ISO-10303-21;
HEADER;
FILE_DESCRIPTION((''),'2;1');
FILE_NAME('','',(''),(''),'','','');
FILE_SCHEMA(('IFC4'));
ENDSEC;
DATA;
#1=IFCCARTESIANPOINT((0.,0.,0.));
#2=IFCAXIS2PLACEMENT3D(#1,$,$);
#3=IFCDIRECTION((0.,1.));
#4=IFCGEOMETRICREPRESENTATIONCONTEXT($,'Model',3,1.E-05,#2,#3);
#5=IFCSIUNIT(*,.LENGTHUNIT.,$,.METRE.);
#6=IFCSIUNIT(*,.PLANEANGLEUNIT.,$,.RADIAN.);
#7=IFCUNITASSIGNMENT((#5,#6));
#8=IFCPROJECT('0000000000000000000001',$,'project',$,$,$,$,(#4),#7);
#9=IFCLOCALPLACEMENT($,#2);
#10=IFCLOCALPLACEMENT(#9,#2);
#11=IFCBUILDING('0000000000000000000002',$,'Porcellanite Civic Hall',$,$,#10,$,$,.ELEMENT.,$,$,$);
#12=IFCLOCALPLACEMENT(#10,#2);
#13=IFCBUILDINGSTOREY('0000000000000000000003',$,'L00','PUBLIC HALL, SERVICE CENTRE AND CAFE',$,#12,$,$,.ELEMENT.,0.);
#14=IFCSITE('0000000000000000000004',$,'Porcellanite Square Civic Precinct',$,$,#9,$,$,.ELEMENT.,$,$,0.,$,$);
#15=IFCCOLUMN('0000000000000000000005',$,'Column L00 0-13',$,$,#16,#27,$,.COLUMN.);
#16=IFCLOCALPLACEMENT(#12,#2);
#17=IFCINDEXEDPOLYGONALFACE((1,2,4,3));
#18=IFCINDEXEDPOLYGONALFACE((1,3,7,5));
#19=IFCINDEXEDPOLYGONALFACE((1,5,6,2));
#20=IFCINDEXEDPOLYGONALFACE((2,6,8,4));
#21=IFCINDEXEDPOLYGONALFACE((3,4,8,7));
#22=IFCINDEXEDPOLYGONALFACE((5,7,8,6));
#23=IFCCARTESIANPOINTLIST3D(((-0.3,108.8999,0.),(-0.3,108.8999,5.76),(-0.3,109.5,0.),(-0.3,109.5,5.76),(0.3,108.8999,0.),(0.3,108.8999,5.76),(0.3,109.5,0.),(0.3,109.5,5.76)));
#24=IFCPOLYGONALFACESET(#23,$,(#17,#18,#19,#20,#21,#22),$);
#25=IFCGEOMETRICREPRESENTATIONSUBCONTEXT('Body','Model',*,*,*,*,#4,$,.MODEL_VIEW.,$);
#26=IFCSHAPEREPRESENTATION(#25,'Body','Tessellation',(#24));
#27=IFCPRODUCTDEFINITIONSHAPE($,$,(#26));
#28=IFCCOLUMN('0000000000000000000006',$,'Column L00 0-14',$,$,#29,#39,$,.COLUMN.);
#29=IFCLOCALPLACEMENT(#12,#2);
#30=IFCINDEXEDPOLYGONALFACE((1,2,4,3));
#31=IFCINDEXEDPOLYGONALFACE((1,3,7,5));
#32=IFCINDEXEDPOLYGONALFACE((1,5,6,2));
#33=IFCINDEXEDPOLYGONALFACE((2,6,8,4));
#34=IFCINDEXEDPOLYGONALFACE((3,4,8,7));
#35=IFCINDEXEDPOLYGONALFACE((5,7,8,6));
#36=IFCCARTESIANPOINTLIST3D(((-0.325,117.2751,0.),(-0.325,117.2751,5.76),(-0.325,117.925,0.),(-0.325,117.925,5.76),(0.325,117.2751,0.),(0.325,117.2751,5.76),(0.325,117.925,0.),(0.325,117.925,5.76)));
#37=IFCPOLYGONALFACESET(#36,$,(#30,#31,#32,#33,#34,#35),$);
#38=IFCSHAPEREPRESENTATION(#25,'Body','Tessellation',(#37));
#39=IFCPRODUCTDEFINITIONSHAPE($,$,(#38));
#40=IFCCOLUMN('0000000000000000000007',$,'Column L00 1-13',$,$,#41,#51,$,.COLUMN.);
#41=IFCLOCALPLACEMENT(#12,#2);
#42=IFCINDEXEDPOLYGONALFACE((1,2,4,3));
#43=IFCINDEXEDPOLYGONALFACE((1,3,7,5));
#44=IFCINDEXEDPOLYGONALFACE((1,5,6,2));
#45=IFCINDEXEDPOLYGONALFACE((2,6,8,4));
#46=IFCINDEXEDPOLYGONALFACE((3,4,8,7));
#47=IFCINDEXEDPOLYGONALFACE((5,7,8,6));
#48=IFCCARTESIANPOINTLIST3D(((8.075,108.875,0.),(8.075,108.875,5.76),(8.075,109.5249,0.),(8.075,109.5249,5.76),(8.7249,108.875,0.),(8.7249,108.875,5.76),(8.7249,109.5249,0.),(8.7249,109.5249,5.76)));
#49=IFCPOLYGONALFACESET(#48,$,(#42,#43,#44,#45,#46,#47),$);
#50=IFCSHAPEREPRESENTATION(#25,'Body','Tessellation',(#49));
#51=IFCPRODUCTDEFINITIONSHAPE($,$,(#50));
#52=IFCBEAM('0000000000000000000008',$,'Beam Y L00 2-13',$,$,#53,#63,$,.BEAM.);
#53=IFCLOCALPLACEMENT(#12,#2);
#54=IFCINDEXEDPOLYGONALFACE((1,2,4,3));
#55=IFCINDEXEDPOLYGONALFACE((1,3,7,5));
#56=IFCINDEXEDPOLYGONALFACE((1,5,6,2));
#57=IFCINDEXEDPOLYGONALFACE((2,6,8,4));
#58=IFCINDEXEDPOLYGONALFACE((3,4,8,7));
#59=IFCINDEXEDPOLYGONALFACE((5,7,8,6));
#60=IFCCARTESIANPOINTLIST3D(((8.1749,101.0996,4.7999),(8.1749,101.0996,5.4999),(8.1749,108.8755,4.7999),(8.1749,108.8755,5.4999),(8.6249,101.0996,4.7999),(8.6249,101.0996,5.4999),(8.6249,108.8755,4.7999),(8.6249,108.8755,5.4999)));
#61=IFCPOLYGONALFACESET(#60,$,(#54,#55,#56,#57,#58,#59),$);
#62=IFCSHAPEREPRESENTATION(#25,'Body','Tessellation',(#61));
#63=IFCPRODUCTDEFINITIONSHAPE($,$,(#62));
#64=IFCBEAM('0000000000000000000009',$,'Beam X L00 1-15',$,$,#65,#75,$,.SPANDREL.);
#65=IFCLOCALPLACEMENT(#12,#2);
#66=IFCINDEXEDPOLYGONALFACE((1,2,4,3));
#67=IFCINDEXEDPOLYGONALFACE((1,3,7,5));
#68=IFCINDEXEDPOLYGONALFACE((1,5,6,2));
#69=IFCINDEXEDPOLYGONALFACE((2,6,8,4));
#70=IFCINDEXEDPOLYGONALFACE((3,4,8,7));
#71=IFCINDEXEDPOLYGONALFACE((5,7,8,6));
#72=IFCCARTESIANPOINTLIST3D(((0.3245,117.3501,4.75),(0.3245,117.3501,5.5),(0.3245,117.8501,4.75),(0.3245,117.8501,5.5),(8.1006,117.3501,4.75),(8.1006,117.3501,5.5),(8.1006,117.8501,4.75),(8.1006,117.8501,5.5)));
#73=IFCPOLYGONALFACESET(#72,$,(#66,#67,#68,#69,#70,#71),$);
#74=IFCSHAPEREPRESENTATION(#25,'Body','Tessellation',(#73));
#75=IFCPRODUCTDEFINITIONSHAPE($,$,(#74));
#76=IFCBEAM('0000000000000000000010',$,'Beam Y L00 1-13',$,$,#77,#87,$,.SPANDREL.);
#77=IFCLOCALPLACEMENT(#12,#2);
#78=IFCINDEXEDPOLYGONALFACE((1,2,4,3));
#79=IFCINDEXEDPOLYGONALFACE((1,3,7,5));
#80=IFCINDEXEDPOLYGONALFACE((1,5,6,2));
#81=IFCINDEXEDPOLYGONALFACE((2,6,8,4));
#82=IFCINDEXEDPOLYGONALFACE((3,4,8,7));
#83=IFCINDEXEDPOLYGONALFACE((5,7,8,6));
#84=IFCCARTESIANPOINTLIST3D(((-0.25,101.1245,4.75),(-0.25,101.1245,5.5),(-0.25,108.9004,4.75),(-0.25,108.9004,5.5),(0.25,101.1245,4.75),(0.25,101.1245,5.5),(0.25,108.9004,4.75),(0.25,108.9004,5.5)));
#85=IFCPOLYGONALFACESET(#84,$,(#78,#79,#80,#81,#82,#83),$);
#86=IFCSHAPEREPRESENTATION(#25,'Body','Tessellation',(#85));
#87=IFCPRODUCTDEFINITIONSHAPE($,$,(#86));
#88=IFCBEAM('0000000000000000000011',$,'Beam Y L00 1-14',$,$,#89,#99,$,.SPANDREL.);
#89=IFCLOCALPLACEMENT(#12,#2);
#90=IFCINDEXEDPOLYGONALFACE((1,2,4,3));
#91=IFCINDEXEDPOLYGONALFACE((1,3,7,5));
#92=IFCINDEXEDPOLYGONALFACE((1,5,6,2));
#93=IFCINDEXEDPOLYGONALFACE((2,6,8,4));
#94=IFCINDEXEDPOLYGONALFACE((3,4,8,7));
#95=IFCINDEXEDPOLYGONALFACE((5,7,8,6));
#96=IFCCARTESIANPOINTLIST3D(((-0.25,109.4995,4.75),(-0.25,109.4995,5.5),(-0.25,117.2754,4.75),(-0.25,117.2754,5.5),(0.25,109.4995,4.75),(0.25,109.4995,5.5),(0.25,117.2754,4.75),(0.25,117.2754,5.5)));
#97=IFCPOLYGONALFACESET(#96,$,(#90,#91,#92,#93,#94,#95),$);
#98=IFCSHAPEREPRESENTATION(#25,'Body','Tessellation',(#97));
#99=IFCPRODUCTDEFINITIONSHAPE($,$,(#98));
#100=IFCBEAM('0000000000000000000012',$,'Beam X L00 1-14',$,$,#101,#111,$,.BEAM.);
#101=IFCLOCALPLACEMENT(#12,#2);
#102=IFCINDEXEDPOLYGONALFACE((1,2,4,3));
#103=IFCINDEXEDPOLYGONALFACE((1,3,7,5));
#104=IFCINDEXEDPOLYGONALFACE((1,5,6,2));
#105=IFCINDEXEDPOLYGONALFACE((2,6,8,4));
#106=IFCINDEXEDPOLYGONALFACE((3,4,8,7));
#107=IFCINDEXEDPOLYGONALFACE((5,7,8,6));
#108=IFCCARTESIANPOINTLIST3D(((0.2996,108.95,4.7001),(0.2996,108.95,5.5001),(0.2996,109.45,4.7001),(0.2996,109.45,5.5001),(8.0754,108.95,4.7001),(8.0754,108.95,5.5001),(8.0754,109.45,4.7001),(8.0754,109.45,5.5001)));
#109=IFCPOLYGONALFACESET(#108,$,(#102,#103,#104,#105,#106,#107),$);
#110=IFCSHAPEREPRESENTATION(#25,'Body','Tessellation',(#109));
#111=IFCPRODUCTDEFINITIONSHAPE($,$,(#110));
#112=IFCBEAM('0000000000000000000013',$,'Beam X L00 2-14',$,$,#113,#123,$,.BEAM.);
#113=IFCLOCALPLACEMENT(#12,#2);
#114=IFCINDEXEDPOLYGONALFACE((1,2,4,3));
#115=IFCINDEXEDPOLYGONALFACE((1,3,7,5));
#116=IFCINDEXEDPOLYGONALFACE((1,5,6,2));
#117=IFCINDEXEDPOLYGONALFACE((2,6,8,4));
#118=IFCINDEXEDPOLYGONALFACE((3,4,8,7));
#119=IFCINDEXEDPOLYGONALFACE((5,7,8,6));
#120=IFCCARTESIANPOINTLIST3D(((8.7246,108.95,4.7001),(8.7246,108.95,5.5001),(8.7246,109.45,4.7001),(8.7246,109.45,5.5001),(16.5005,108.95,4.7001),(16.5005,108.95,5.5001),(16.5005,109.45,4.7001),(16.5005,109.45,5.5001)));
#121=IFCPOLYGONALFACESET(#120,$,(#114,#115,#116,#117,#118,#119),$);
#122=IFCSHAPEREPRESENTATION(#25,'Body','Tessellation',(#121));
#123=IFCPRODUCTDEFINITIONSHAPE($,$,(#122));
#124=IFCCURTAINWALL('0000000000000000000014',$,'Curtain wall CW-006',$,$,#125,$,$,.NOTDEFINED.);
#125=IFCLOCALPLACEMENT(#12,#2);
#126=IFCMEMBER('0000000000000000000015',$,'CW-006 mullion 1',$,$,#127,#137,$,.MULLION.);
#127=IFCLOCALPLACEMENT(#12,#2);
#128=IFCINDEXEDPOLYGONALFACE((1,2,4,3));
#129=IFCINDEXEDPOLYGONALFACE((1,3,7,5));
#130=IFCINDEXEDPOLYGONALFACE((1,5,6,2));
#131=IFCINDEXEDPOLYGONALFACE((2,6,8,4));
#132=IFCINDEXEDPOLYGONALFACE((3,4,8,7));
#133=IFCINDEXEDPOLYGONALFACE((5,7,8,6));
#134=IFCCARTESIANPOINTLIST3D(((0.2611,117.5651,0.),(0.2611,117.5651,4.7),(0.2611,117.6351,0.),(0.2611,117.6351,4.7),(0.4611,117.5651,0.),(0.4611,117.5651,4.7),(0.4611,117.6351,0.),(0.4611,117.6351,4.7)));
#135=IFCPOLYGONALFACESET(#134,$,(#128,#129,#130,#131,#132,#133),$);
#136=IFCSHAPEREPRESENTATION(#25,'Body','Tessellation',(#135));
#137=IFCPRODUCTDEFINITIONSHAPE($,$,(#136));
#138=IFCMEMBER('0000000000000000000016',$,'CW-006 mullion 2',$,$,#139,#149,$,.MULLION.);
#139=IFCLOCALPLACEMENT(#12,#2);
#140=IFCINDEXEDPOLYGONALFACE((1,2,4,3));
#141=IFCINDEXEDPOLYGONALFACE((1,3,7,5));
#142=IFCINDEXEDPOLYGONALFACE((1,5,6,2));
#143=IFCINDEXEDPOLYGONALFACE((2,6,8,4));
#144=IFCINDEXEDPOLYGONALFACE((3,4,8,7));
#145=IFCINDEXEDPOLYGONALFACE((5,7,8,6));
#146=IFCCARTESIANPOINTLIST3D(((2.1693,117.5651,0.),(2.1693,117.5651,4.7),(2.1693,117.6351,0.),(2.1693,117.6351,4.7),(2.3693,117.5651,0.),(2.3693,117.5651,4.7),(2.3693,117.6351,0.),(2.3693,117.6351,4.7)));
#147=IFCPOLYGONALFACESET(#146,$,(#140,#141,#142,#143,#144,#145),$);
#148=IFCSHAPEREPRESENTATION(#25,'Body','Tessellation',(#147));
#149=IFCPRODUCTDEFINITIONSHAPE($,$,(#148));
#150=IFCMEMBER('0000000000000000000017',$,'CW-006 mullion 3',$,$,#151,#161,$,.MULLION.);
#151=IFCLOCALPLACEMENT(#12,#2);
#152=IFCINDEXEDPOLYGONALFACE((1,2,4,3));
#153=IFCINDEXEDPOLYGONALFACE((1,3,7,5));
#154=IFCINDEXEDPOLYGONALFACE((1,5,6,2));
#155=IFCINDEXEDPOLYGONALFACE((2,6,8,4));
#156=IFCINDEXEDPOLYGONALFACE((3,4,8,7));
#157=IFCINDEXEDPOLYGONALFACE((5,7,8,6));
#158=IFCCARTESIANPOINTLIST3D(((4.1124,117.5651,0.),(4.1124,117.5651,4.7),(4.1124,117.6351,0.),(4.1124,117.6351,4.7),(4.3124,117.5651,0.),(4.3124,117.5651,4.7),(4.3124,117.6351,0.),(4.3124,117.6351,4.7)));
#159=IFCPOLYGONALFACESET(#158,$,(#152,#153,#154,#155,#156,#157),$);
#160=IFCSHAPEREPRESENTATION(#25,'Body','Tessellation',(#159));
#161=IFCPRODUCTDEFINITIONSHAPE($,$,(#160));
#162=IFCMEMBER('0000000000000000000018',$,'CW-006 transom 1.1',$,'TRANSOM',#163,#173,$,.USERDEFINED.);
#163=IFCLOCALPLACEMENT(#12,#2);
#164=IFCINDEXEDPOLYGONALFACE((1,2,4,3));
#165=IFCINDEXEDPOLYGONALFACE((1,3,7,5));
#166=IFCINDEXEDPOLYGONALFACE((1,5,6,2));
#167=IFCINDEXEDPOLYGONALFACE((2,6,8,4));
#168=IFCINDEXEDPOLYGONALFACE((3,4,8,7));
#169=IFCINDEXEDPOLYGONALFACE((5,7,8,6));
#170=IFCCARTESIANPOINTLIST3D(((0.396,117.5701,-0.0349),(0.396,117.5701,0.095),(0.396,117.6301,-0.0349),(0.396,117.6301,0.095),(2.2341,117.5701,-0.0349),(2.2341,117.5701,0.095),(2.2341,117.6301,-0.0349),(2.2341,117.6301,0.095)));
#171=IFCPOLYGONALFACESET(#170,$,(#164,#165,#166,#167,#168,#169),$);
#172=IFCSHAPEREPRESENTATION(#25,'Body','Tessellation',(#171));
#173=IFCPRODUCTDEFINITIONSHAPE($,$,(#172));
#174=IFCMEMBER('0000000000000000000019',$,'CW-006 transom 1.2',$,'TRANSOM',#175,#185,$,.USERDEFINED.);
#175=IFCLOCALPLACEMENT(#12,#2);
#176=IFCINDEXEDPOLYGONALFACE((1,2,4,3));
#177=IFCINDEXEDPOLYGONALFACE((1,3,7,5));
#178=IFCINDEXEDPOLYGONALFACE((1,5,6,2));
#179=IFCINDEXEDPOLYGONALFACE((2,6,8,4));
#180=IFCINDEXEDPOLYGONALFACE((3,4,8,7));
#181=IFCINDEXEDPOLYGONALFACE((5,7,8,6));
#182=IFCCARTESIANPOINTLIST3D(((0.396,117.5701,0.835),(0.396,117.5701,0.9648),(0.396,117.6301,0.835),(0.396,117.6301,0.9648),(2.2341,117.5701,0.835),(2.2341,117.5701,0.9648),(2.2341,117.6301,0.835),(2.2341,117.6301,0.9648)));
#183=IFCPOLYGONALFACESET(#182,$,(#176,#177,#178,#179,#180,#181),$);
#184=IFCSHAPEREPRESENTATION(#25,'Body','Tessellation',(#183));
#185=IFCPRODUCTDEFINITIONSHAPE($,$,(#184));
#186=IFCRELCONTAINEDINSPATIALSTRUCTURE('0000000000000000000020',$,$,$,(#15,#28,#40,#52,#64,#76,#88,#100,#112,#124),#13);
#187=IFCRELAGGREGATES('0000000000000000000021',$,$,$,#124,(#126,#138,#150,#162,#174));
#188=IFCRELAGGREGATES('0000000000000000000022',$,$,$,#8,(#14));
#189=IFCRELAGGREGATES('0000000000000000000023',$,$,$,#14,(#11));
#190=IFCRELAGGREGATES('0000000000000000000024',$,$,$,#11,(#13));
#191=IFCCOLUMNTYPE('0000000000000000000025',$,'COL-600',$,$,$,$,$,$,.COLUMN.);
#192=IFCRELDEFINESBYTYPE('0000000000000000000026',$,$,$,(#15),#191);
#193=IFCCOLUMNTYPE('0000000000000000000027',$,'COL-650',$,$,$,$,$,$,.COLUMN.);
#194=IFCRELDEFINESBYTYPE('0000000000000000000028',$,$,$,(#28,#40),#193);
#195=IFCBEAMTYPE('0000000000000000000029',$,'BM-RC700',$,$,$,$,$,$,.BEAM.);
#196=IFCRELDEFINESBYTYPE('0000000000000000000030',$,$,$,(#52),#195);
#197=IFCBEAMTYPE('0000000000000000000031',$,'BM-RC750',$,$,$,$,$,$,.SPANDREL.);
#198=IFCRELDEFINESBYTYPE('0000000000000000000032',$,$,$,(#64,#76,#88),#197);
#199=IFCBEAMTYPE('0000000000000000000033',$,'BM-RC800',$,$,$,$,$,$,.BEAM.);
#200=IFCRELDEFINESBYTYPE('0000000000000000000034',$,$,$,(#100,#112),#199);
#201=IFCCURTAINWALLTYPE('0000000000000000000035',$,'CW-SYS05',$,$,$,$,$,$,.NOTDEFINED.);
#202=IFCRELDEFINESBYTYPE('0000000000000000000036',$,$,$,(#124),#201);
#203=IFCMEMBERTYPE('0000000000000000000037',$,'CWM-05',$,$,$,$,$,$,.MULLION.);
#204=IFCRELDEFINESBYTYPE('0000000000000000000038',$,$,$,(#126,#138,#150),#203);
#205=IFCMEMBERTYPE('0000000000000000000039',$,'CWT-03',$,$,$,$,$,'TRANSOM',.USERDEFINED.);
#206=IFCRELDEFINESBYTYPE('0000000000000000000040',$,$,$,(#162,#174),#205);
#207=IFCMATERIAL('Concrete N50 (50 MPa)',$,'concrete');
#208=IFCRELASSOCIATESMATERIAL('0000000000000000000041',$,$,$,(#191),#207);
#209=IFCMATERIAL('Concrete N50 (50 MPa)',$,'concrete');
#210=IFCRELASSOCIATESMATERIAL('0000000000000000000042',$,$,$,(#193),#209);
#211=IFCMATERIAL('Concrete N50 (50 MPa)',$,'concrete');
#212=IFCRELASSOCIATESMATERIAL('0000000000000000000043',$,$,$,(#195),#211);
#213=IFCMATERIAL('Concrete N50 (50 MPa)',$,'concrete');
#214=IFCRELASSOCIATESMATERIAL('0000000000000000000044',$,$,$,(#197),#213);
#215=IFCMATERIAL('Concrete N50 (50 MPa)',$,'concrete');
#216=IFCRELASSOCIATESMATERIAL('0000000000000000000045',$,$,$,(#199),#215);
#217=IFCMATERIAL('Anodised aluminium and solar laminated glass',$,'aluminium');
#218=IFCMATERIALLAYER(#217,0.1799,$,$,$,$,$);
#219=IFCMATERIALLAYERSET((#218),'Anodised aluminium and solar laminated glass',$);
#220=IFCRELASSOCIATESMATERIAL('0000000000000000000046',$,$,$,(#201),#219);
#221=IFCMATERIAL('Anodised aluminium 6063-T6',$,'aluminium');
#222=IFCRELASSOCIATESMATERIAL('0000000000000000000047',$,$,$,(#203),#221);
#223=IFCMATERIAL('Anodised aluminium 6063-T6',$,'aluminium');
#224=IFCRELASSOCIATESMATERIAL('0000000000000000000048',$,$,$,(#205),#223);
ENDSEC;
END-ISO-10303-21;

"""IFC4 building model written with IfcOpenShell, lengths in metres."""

from ifc_helpers import new_model, si_unit, direction, frame, origin, origin_2d, place, context, subcontext, project, spatial, rectangle, extrude, material, layer, layer_set, material_profile, profile_set, type_object, element, aggregate, save


model = new_model("IFC4")

# Units and contexts
model_context = context("Model", 3, precision=1e-05, world=origin(), true_north=direction((0.0, 1.0)))
body_context = subcontext(model_context, "Body", "Model", "MODEL_VIEW")
ifc_project = project(units=[si_unit("LENGTHUNIT", "METRE"), si_unit("PLANEANGLEUNIT", "RADIAN")], contexts=[model_context])

# Site, building, storey
site_placement = place(None, origin())
site = spatial("IfcSite", under=ifc_project, at=site_placement, Name="Porcellanite Square Civic Precinct", CompositionType="ELEMENT", RefElevation=0.0)
building_placement = place(site_placement, origin())
building = spatial("IfcBuilding", under=site, at=building_placement, Name="Porcellanite Civic Hall", CompositionType="ELEMENT")
storey_placement = place(building_placement, origin())
storey = spatial("IfcBuildingStorey", under=building, at=storey_placement, Name="L00", Description="PUBLIC HALL, SERVICE CENTRE AND CAFE", CompositionType="ELEMENT", Elevation=0.0)

# Columns
ifc_material_1 = material(Name="Concrete N50 (50 MPa)", Category="concrete")
ifc_material_profile_1 = material_profile(ifc_material_1, rectangle(XDim=0.6001, YDim=0.6001, at=origin_2d()), Name="RC-600x600")
ifc_profile_set_1 = profile_set([ifc_material_profile_1], Name="Concrete N50 (50 MPa)")
column_type_1 = type_object("IfcColumnType", Name="COL-600", PredefinedType="COLUMN", material=ifc_profile_set_1)
column_placement = place(storey_placement, frame((0.0, 109.2, 0.0), z_axis=(0.0, 0.0, 1.0), x_axis=(1.0, 0.0, 0.0)))
element("IfcColumn", 1, at=column_placement, inside=storey, type_object=column_type_1, Name="Column L00 0-13", PredefinedType="COLUMN", context=body_context, shape_type="SweptSolid", body=[
    extrude(rectangle(XDim=0.6001, YDim=0.6001, at=origin_2d()), origin(), (0.0, 0.0, 1.0), 5.76),
])
ifc_material_2 = material(Name="Concrete N50 (50 MPa)", Category="concrete")
ifc_material_profile_2 = material_profile(ifc_material_2, rectangle(XDim=0.6499, YDim=0.6499, at=origin_2d()), Name="RC-650x650")
ifc_profile_set_2 = profile_set([ifc_material_profile_2], Name="Concrete N50 (50 MPa)")
column_type_2 = type_object("IfcColumnType", Name="COL-650", PredefinedType="COLUMN", material=ifc_profile_set_2)
for number, where, z_axis, x_axis, name in (
    (2, (0.0, 117.6001, 0.0), (0.0, 0.0, 1.0), (1.0, 0.0, 0.0), "Column L00 0-14"),
    (3, (8.3999, 109.2, 0.0), (0.0, 0.0, 1.0), (1.0, 0.0, 0.0), "Column L00 1-13"),
):
    element("IfcColumn", number, at=place(storey_placement, frame(where, z_axis=z_axis, x_axis=x_axis)), inside=storey, type_object=column_type_2, Name=name, PredefinedType="COLUMN", context=body_context, shape_type="SweptSolid", body=[
        extrude(rectangle(XDim=0.6499, YDim=0.6499, at=origin_2d()), origin(), (0.0, 0.0, 1.0), 5.76),
    ])

# Beams
ifc_material_3 = material(Name="Concrete N50 (50 MPa)", Category="concrete")
ifc_material_profile_3 = material_profile(ifc_material_3, rectangle(XDim=0.45, YDim=0.7, at=origin_2d()), Name="RC-450x700")
ifc_profile_set_3 = profile_set([ifc_material_profile_3], Name="Concrete N50 (50 MPa)")
beam_type_1 = type_object("IfcBeamType", Name="BM-RC700", PredefinedType="BEAM", material=ifc_profile_set_3)
beam_1_placement = place(storey_placement, frame((8.3999, 101.0996, 5.1499), z_axis=(0.0, 1.0, 0.0), x_axis=(-1.0, 0.0, 0.0)))
element("IfcBeam", 4, at=beam_1_placement, inside=storey, type_object=beam_type_1, Name="Beam Y L00 2-13", PredefinedType="BEAM", context=body_context, shape_type="SweptSolid", body=[
    extrude(rectangle(XDim=0.45, YDim=0.7, at=origin_2d()), origin(), (0.0, 0.0, 1.0), 7.7759),
])
ifc_material_4 = material(Name="Concrete N50 (50 MPa)", Category="concrete")
ifc_material_profile_4 = material_profile(ifc_material_4, rectangle(XDim=0.5, YDim=0.75, at=origin_2d()), Name="RC-500x750")
ifc_profile_set_4 = profile_set([ifc_material_profile_4], Name="Concrete N50 (50 MPa)")
beam_type_2 = type_object("IfcBeamType", Name="BM-RC750", PredefinedType="SPANDREL", material=ifc_profile_set_4)
beam_2_placement = place(storey_placement, frame((0.3245, 117.6001, 5.125), z_axis=(1.0, 0.0, 0.0), x_axis=(0.0, 1.0, 0.0)))
element("IfcBeam", 5, at=beam_2_placement, inside=storey, type_object=beam_type_2, Name="Beam X L00 1-15", PredefinedType="SPANDREL", context=body_context, shape_type="SweptSolid", body=[
    extrude(rectangle(XDim=0.5, YDim=0.75, at=origin_2d()), origin(), (0.0, 0.0, 1.0), 7.7761),
])
for number, where, z_axis, x_axis, name in (
    (6, (0.0, 101.1245, 5.125), (0.0, 1.0, 0.0), (-1.0, 0.0, 0.0), "Beam Y L00 1-13"),
    (7, (0.0, 109.4995, 5.125), (0.0, 1.0, 0.0), (-1.0, 0.0, 0.0), "Beam Y L00 1-14"),
):
    element("IfcBeam", number, at=place(storey_placement, frame(where, z_axis=z_axis, x_axis=x_axis)), inside=storey, type_object=beam_type_2, Name=name, PredefinedType="SPANDREL", context=body_context, shape_type="SweptSolid", body=[
        extrude(rectangle(XDim=0.5, YDim=0.75, at=origin_2d()), origin(), (0.0, 0.0, 1.0), 7.7759),
    ])
ifc_material_5 = material(Name="Concrete N50 (50 MPa)", Category="concrete")
ifc_material_profile_5 = material_profile(ifc_material_5, rectangle(XDim=0.5, YDim=0.8, at=origin_2d()), Name="RC-500x800")
ifc_profile_set_5 = profile_set([ifc_material_profile_5], Name="Concrete N50 (50 MPa)")
beam_type_3 = type_object("IfcBeamType", Name="BM-RC800", PredefinedType="BEAM", material=ifc_profile_set_5)
for number, where, z_axis, x_axis, name in (
    (8, (0.2996, 109.2, 5.1001), (1.0, 0.0, 0.0), (0.0, 1.0, 0.0), "Beam X L00 1-14"),
    (9, (8.7246, 109.2, 5.1001), (1.0, 0.0, 0.0), (0.0, 1.0, 0.0), "Beam X L00 2-14"),
):
    element("IfcBeam", number, at=place(storey_placement, frame(where, z_axis=z_axis, x_axis=x_axis)), inside=storey, type_object=beam_type_3, Name=name, PredefinedType="BEAM", context=body_context, shape_type="SweptSolid", body=[
        extrude(rectangle(XDim=0.5, YDim=0.8, at=origin_2d()), origin(), (0.0, 0.0, 1.0), 7.7759),
    ])

# Curtain wall, members
ifc_material_6 = material(Name="Anodised aluminium and solar laminated glass", Category="aluminium")
ifc_layer_1 = layer(ifc_material_6, 0.1799)
ifc_layer_set_1 = layer_set([ifc_layer_1], Name="Anodised aluminium and solar laminated glass")
curtain_wall_type = type_object("IfcCurtainWallType", Name="CW-SYS05", PredefinedType="NOTDEFINED", material=ifc_layer_set_1)
curtain_wall_placement = place(storey_placement, origin())
curtain_wall = element("IfcCurtainWall", 10, at=curtain_wall_placement, inside=storey, type_object=curtain_wall_type, Name="Curtain wall CW-006", PredefinedType="NOTDEFINED")
ifc_material_7 = material(Name="Anodised aluminium 6063-T6", Category="aluminium")
ifc_material_profile_6 = material_profile(ifc_material_7, rectangle(XDim=0.0701, YDim=0.2, at=origin_2d()), Name="AL-70x200")
ifc_profile_set_6 = profile_set([ifc_material_profile_6], Name="Anodised aluminium 6063-T6")
member_type_1 = type_object("IfcMemberType", Name="CWM-05", PredefinedType="MULLION", material=ifc_profile_set_6)
member_1_placement = place(storey_placement, frame((0.3611, 117.6001, 0.0), z_axis=(0.0, 0.0, 1.0), x_axis=(0.0, 1.0, 0.0)))
member_1 = element("IfcMember", 11, at=member_1_placement, type_object=member_type_1, Name="CW-006 mullion 1", PredefinedType="MULLION", context=body_context, shape_type="SweptSolid", body=[
    extrude(rectangle(XDim=0.0701, YDim=0.2, at=origin_2d()), origin(), (0.0, 0.0, 1.0), 4.7),
])
member_2_placement = place(storey_placement, frame((2.2693, 117.6001, 0.0), z_axis=(0.0, 0.0, 1.0), x_axis=(0.0, 1.0, 0.0)))
member_2 = element("IfcMember", 12, at=member_2_placement, type_object=member_type_1, Name="CW-006 mullion 2", PredefinedType="MULLION", context=body_context, shape_type="SweptSolid", body=[
    extrude(rectangle(XDim=0.0701, YDim=0.2, at=origin_2d()), origin(), (0.0, 0.0, 1.0), 4.7),
])
member_3_placement = place(storey_placement, frame((4.2124, 117.6001, 0.0), z_axis=(0.0, 0.0, 1.0), x_axis=(0.0, 1.0, 0.0)))
member_3 = element("IfcMember", 13, at=member_3_placement, type_object=member_type_1, Name="CW-006 mullion 3", PredefinedType="MULLION", context=body_context, shape_type="SweptSolid", body=[
    extrude(rectangle(XDim=0.0701, YDim=0.2, at=origin_2d()), origin(), (0.0, 0.0, 1.0), 4.7),
])
ifc_material_8 = material(Name="Anodised aluminium 6063-T6", Category="aluminium")
ifc_material_profile_7 = material_profile(ifc_material_8, rectangle(XDim=0.0601, YDim=0.1299, at=origin_2d()), Name="AL-60x130")
ifc_profile_set_7 = profile_set([ifc_material_profile_7], Name="Anodised aluminium 6063-T6")
member_type_2 = type_object("IfcMemberType", Name="CWT-03", ElementType="TRANSOM", PredefinedType="USERDEFINED", material=ifc_profile_set_7)
member_4_placement = place(storey_placement, frame((0.396, 117.6001, 0.03), z_axis=(1.0, 0.0, 0.0), x_axis=(0.0, 1.0, 0.0)))
member_4 = element("IfcMember", 14, at=member_4_placement, type_object=member_type_2, Name="CW-006 transom 1.1", ObjectType="TRANSOM", PredefinedType="USERDEFINED", context=body_context, shape_type="SweptSolid", body=[
    extrude(rectangle(XDim=0.0601, YDim=0.1299, at=origin_2d()), origin(), (0.0, 0.0, 1.0), 1.8381),
])
member_5_placement = place(storey_placement, frame((0.396, 117.6001, 0.8999), z_axis=(1.0, 0.0, 0.0), x_axis=(0.0, 1.0, 0.0)))
member_5 = element("IfcMember", 15, at=member_5_placement, type_object=member_type_2, Name="CW-006 transom 1.2", ObjectType="TRANSOM", PredefinedType="USERDEFINED", context=body_context, shape_type="SweptSolid", body=[
    extrude(rectangle(XDim=0.0601, YDim=0.1299, at=origin_2d()), origin(), (0.0, 0.0, 1.0), 1.8381),
])

aggregate(curtain_wall, [member_1, member_2, member_3, member_4, member_5])

save(model, "model.ifc")
